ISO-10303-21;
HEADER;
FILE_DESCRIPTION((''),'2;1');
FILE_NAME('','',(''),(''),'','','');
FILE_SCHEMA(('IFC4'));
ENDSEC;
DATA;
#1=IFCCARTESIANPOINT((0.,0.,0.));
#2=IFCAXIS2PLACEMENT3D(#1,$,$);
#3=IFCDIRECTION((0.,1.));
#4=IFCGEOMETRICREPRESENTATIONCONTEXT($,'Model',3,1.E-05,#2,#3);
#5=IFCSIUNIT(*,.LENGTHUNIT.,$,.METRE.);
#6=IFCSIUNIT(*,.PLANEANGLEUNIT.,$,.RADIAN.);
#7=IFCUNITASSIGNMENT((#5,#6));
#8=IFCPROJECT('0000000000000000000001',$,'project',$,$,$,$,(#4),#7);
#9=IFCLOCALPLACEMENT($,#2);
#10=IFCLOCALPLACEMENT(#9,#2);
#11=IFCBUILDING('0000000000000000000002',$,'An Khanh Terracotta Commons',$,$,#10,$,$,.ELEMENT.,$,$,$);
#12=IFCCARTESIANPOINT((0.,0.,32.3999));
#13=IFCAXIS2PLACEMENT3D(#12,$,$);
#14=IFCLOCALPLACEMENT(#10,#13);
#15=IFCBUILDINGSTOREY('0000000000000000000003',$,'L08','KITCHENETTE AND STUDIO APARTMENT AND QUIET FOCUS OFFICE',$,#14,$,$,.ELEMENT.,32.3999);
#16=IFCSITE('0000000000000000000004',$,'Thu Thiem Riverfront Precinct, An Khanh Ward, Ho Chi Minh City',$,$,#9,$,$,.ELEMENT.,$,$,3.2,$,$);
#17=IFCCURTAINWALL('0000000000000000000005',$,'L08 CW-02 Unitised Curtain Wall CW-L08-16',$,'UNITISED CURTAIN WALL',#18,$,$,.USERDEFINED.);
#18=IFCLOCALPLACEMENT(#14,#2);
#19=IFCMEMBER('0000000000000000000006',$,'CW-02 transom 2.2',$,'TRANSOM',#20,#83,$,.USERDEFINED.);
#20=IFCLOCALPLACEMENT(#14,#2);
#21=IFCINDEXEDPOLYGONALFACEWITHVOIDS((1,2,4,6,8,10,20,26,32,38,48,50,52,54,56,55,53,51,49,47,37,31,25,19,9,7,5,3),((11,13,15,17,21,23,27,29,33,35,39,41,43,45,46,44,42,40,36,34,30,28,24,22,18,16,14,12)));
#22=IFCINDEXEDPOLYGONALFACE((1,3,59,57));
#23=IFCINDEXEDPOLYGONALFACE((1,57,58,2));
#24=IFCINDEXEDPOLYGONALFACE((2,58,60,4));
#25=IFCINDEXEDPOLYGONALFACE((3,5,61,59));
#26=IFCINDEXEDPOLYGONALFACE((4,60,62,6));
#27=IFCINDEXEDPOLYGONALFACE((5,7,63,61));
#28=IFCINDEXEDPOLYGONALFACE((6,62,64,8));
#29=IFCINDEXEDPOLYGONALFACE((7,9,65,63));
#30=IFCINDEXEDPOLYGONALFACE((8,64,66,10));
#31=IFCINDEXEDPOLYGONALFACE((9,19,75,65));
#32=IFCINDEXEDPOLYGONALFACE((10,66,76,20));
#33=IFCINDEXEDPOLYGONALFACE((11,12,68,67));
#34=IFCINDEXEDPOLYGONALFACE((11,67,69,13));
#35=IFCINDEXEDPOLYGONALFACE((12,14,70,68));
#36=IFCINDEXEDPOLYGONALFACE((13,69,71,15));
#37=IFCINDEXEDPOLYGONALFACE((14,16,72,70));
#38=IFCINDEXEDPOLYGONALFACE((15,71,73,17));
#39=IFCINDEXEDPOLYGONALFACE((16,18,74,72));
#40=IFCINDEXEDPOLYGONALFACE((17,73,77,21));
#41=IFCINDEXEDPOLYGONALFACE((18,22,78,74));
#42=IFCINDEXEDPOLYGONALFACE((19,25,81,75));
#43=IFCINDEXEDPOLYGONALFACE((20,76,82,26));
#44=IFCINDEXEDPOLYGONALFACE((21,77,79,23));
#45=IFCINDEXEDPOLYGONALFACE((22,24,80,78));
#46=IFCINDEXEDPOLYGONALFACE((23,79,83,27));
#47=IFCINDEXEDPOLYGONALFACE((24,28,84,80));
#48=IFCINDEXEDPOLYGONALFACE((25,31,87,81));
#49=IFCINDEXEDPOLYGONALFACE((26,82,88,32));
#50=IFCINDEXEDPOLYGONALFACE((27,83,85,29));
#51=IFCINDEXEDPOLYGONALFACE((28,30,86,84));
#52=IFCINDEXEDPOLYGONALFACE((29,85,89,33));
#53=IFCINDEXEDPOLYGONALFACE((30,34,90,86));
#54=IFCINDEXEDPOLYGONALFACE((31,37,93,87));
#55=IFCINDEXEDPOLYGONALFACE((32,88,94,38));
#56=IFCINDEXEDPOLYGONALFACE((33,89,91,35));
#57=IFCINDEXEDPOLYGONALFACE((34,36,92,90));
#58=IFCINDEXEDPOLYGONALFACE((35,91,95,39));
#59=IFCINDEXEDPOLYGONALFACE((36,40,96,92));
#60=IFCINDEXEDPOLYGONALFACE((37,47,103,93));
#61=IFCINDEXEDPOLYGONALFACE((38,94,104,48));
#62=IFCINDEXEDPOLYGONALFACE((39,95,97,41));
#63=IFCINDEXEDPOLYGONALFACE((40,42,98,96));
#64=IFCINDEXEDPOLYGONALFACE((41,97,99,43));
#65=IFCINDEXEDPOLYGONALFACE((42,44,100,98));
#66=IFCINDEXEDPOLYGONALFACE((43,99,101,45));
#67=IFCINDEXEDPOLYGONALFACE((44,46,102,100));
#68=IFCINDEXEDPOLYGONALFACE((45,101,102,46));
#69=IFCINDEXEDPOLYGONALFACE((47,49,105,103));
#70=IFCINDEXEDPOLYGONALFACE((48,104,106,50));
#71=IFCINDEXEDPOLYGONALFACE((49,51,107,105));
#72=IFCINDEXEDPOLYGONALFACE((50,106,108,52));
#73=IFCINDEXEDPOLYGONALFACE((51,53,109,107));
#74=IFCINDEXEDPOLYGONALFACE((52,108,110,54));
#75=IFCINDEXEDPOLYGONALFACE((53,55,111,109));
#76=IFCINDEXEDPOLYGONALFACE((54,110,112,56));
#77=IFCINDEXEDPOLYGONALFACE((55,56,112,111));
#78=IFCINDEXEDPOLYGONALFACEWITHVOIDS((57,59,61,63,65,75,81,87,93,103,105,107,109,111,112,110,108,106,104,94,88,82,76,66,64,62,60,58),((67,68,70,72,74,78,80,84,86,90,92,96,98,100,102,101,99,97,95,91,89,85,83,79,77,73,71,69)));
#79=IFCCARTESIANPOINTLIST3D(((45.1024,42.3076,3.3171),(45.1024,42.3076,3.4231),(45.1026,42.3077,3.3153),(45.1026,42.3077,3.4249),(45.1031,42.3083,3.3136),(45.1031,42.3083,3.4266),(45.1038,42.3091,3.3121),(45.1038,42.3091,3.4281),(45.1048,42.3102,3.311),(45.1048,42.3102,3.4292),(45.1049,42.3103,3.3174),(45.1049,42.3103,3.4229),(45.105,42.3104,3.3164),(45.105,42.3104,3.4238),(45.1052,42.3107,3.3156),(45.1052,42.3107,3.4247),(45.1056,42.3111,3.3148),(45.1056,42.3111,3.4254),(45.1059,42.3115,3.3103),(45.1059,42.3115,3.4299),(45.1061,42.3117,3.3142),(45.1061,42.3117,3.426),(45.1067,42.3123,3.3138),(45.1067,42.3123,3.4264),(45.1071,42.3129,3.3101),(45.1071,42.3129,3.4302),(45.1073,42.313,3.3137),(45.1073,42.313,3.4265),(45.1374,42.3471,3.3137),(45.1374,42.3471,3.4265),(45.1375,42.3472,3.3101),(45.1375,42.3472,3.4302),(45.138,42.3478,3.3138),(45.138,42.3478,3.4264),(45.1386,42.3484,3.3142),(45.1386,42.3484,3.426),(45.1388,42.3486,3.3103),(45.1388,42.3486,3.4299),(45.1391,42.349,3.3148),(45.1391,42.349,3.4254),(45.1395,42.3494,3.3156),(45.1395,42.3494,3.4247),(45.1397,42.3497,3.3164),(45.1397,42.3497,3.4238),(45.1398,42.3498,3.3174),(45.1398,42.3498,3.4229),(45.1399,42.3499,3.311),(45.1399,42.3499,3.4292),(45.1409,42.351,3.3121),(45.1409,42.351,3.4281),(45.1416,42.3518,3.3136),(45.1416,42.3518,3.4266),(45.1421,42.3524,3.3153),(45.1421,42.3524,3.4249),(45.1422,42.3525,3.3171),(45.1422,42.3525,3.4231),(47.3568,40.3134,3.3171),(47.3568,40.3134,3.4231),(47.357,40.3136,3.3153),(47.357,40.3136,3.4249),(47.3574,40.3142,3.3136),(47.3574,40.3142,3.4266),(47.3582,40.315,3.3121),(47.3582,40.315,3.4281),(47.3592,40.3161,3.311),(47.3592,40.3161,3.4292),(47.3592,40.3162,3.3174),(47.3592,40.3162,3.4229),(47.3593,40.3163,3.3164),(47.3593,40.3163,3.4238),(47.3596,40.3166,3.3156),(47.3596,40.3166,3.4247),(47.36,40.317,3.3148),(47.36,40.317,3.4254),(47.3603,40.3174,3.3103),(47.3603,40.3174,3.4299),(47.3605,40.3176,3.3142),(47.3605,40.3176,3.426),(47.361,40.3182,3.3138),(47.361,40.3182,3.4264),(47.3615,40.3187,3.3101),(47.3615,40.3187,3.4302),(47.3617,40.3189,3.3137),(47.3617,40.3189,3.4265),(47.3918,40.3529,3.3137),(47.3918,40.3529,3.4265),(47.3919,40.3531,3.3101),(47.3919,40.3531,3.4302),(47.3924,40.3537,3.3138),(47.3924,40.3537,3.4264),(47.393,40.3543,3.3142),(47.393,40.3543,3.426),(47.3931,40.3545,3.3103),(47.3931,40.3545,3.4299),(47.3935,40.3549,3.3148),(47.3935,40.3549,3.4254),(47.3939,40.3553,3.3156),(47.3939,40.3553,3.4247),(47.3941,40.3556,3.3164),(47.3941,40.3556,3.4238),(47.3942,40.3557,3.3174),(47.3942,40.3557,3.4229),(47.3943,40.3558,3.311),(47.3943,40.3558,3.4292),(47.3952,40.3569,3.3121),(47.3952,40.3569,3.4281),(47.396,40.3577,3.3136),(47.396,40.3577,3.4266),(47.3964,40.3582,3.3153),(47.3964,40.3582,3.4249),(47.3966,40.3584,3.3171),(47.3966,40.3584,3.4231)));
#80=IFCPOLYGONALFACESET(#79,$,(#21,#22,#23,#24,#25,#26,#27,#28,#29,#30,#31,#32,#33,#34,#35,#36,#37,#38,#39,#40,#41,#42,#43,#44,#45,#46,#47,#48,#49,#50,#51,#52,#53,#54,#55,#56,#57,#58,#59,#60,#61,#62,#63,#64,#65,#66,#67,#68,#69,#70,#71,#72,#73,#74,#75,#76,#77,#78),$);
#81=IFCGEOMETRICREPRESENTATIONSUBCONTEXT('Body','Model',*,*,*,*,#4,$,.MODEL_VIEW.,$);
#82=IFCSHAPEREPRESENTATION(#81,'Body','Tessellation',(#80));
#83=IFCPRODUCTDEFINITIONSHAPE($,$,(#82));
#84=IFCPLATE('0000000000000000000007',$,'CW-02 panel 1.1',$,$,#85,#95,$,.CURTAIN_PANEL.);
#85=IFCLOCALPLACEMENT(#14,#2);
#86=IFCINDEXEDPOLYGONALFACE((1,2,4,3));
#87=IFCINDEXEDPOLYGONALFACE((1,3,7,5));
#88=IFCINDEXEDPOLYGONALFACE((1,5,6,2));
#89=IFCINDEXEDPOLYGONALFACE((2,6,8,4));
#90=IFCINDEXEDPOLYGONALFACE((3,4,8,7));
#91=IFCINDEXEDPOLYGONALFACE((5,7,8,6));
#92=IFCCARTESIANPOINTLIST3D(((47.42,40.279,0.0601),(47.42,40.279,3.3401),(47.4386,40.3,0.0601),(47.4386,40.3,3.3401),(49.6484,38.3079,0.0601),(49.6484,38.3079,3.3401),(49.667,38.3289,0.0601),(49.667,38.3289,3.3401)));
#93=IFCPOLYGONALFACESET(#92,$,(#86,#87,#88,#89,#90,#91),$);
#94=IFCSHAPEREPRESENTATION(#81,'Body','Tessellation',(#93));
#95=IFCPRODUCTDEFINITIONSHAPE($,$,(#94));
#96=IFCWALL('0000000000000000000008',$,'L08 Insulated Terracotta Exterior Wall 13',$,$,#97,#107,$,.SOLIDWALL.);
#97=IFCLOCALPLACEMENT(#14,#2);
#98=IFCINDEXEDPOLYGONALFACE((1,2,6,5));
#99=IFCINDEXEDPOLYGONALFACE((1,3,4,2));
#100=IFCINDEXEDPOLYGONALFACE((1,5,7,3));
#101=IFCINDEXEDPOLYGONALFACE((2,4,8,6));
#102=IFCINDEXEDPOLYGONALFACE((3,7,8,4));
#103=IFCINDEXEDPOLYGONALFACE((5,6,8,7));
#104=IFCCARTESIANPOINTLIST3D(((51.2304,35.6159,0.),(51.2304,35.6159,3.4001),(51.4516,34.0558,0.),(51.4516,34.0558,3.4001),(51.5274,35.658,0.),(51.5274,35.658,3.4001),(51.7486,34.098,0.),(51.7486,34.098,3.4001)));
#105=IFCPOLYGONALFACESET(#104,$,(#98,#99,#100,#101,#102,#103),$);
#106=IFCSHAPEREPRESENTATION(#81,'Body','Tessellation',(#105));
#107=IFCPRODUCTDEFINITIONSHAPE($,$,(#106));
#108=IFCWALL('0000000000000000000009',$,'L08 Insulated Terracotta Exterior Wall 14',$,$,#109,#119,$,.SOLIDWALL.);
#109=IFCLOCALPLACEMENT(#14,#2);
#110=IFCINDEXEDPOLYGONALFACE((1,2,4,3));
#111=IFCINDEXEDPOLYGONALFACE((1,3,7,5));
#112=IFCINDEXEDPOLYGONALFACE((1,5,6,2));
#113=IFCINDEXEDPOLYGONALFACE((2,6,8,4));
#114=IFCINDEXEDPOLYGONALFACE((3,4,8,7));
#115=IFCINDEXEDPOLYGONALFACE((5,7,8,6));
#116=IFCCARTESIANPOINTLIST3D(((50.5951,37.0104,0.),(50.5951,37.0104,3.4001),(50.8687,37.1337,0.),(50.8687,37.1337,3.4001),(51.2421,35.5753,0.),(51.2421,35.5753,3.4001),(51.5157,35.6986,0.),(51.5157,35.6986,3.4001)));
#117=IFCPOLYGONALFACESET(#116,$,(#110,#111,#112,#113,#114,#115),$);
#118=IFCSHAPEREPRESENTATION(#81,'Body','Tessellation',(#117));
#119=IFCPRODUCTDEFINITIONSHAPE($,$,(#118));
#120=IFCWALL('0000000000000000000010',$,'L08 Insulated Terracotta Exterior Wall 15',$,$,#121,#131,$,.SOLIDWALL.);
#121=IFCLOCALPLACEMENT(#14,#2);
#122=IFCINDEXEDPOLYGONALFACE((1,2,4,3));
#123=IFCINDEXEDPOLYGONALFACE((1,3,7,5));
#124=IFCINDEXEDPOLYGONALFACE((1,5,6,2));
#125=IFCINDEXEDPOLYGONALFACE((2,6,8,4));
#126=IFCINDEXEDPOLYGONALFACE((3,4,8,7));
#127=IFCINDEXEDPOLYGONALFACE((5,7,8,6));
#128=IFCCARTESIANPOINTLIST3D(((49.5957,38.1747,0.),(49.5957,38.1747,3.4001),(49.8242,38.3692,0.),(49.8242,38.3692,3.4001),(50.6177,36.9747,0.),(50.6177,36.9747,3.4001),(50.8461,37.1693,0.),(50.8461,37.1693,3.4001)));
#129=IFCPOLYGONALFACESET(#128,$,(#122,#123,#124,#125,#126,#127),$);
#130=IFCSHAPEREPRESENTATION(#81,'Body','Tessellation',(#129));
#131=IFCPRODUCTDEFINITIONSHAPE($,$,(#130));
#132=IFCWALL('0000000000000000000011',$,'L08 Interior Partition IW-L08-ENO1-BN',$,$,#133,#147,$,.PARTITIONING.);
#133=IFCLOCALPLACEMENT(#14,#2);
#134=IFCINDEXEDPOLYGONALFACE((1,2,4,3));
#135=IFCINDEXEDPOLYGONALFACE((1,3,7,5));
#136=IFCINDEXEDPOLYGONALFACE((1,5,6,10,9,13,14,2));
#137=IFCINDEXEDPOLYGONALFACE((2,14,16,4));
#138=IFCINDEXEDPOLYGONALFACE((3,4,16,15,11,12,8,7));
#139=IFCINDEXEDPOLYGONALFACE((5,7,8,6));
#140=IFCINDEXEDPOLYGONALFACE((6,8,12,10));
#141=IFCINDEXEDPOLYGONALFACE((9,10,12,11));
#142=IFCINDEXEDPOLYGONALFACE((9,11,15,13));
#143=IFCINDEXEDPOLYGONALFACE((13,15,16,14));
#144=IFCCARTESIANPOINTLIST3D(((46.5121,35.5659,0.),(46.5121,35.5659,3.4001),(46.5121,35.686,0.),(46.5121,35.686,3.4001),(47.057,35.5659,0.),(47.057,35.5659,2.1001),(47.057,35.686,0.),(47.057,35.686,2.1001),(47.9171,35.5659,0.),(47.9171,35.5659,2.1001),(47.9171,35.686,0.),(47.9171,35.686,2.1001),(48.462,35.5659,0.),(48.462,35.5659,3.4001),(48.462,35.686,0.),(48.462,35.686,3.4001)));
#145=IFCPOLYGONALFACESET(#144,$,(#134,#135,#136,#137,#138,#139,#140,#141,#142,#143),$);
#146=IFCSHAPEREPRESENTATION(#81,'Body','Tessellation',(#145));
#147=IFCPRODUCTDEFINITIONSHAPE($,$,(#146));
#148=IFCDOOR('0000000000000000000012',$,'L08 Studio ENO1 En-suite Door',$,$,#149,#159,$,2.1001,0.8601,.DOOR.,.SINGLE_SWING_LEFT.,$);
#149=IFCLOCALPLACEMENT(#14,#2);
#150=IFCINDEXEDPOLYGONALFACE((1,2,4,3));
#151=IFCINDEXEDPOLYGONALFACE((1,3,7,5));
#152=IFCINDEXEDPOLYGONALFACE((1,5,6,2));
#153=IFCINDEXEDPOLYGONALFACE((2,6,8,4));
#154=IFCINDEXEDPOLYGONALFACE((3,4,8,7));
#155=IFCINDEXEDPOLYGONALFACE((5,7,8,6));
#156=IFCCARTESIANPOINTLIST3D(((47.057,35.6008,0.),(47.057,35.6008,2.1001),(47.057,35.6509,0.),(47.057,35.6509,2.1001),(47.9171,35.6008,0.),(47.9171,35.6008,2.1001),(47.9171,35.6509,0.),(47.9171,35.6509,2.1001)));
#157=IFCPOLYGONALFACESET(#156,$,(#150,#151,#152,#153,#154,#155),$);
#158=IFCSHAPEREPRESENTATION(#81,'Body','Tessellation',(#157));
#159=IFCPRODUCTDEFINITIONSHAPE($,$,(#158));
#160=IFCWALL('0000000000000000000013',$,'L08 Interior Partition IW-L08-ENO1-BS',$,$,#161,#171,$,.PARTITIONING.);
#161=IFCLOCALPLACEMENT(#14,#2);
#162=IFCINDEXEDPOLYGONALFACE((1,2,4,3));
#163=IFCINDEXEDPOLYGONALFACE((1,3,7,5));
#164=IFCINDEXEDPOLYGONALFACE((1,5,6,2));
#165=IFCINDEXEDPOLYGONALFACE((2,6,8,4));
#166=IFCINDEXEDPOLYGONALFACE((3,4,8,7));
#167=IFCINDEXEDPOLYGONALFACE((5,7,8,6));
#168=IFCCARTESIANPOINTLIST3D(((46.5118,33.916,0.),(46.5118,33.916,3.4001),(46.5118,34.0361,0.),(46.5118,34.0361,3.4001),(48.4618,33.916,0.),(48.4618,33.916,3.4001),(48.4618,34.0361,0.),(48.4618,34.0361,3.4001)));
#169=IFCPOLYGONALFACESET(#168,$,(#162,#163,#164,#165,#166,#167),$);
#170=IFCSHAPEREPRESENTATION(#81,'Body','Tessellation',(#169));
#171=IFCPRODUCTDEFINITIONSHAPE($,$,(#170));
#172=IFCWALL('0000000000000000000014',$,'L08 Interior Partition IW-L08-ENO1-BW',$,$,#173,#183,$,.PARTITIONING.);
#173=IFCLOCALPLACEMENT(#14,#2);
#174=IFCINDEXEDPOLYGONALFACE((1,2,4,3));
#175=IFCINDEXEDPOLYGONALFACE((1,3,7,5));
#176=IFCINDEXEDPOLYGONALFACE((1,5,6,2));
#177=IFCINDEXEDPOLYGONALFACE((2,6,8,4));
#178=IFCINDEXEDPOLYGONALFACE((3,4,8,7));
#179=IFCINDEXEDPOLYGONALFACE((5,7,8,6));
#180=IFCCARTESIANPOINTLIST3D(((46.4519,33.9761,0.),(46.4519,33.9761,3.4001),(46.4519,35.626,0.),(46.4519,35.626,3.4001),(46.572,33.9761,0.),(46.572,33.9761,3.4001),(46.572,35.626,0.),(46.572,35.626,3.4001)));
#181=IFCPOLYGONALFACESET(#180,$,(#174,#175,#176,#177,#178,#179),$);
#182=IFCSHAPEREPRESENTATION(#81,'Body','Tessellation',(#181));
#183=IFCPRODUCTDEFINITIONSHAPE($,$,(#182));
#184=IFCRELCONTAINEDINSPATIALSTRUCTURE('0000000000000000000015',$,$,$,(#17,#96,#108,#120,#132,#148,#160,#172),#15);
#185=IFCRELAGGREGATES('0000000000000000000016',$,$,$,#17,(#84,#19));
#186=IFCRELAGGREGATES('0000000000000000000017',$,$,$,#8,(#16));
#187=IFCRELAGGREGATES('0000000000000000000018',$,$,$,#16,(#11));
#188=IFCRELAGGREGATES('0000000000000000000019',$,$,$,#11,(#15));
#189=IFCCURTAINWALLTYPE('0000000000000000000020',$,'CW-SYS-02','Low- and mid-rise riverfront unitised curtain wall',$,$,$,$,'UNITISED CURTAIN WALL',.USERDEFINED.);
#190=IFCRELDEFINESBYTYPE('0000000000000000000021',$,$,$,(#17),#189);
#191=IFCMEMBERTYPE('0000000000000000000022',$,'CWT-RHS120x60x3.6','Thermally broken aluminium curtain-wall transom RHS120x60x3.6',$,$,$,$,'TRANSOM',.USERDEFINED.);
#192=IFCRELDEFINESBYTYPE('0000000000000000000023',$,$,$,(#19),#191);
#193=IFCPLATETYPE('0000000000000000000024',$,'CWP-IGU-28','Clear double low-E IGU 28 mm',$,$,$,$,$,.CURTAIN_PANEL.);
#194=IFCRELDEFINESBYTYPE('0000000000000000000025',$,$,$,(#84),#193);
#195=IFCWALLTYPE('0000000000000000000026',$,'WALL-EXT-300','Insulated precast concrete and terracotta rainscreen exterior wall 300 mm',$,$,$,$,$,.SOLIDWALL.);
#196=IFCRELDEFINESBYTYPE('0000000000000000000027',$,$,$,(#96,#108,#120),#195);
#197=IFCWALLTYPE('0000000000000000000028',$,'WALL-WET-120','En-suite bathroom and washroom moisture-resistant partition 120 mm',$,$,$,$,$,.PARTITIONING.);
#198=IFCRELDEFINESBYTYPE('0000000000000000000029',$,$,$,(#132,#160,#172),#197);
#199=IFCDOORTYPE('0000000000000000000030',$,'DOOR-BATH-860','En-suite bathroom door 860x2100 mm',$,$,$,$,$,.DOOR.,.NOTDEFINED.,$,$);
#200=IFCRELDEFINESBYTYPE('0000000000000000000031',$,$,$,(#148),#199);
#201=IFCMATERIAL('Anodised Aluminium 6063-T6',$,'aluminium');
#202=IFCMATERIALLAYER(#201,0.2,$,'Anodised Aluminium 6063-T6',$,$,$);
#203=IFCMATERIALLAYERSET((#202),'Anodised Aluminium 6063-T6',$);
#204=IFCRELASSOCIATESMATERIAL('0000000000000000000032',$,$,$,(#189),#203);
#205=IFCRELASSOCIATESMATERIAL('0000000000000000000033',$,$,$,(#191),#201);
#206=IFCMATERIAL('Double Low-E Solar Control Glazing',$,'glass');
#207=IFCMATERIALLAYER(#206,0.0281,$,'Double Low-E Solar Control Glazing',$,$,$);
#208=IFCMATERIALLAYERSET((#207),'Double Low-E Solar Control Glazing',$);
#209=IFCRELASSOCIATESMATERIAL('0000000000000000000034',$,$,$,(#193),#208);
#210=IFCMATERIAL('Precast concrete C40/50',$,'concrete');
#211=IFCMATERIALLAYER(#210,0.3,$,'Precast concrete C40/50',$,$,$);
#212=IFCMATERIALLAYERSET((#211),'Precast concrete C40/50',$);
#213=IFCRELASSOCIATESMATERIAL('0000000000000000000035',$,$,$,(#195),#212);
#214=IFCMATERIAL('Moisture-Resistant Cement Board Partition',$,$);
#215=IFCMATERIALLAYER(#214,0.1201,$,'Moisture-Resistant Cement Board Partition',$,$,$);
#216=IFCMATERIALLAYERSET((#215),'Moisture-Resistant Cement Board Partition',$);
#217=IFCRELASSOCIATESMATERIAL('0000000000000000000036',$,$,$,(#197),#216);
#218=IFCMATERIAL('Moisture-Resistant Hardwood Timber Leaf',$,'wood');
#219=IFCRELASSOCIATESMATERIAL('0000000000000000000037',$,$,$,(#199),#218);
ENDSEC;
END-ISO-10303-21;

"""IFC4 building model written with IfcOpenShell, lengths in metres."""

from ifc_helpers import new_model, si_unit, direction, frame, frame_2d, origin, origin_2d, place, context, subcontext, project, spatial, rectangle, hollow_rectangle, extrude, material, layer, layer_set, material_profile, profile_set, type_object, element, fill, aggregate, save


model = new_model("IFC4")

# Units and contexts
model_context = context("Model", 3, precision=1e-05, world=origin(), true_north=direction((0.0, 1.0)))
body_context = subcontext(model_context, "Body", "Model", "MODEL_VIEW")
ifc_project = project(units=[si_unit("LENGTHUNIT", "METRE"), si_unit("PLANEANGLEUNIT", "RADIAN")], contexts=[model_context])

# Site, building, storey
site_placement = place(None, origin())
site = spatial("IfcSite", under=ifc_project, at=site_placement, Name="Thu Thiem Riverfront Precinct, An Khanh Ward, Ho Chi Minh City", CompositionType="ELEMENT", RefElevation=3.2)
building_placement = place(site_placement, origin())
building = spatial("IfcBuilding", under=site, at=building_placement, Name="An Khanh Terracotta Commons", CompositionType="ELEMENT")
storey_placement = place(building_placement, frame((0.0, 0.0, 32.3999)))
storey = spatial("IfcBuildingStorey", under=building, at=storey_placement, Name="L08", Description="KITCHENETTE AND STUDIO APARTMENT AND QUIET FOCUS OFFICE", CompositionType="ELEMENT", Elevation=32.3999)

# Shared definitions
ifc_material_1 = material(Name="Anodised Aluminium 6063-T6", Category="aluminium")
ifc_layer_1 = layer(ifc_material_1, 0.2, Name="Anodised Aluminium 6063-T6")
ifc_layer_set_1 = layer_set([ifc_layer_1], Name="Anodised Aluminium 6063-T6")
curtain_wall_type = type_object("IfcCurtainWallType", Name="CW-SYS-02", Description="Low- and mid-rise riverfront unitised curtain wall", ElementType="UNITISED CURTAIN WALL", PredefinedType="USERDEFINED", material=ifc_layer_set_1)

# Curtain wall, member, plate
curtain_wall_1_placement = place(storey_placement, origin())
curtain_wall_1 = element("IfcCurtainWall", 1, at=curtain_wall_1_placement, inside=storey, type_object=curtain_wall_type, Name="L08 CW-02 Unitised Curtain Wall CW-L08-16", ObjectType="UNITISED CURTAIN WALL", PredefinedType="USERDEFINED")
ifc_material_profile_1 = material_profile(ifc_material_1, hollow_rectangle(XDim=0.0601, YDim=0.1201, WallThickness=0.0037, InnerFilletRadius=0.0037, OuterFilletRadius=0.0071, at=origin_2d()), Name="RHS120x60x3.6")
ifc_profile_set_1 = profile_set([ifc_material_profile_1], Name="Anodised Aluminium 6063-T6")
member_type_1 = type_object("IfcMemberType", Name="CWT-RHS120x60x3.6", Description="Thermally broken aluminium curtain-wall transom RHS120x60x3.6", ElementType="TRANSOM", PredefinedType="USERDEFINED", material=ifc_profile_set_1)
member_1_placement = place(storey_placement, frame((47.3767, 40.3359, 3.3701), z_axis=(-0.749018, 0.662549, 0.0), x_axis=(-0.662549, -0.749018, 0.0)))
member_1 = element("IfcMember", 2, at=member_1_placement, type_object=member_type_1, Name="CW-02 transom 2.2", ObjectType="TRANSOM", PredefinedType="USERDEFINED", context=body_context, shape_type="SweptSolid", body=[
    extrude(hollow_rectangle(XDim=0.0601, YDim=0.1201, WallThickness=0.0037, InnerFilletRadius=0.0037, OuterFilletRadius=0.0071, at=origin_2d()), origin(), (0.0, 0.0, 1.0), 3.0098),
])
ifc_material_2 = material(Name="Double Low-E Solar Control Glazing", Category="glass")
ifc_layer_2 = layer(ifc_material_2, 0.0281, Name="Double Low-E Solar Control Glazing")
ifc_layer_set_2 = layer_set([ifc_layer_2], Name="Double Low-E Solar Control Glazing")
plate_type = type_object("IfcPlateType", Name="CWP-IGU-28", Description="Clear double low-E IGU 28 mm", PredefinedType="CURTAIN_PANEL", material=ifc_layer_set_2)
plate_placement = place(storey_placement, frame((48.5435, 39.304, 0.0601), z_axis=(0.0, 0.0, 1.0), x_axis=(-0.749019, 0.662548, 0.0)))
plate = element("IfcPlate", 3, at=plate_placement, type_object=plate_type, Name="CW-02 panel 1.1", PredefinedType="CURTAIN_PANEL", context=body_context, shape_type="SweptSolid", body=[
    extrude(rectangle(XDim=2.9751, YDim=0.0281, at=origin_2d()), origin(), (0.0, 0.0, 1.0), 3.28),
])
aggregate(curtain_wall_1, [plate, member_1])

# Walls
ifc_material_3 = material(Name="Precast concrete C40/50", Category="concrete")
ifc_layer_3 = layer(ifc_material_3, 0.3, Name="Precast concrete C40/50")
ifc_layer_set_3 = layer_set([ifc_layer_3], Name="Precast concrete C40/50")
wall_type_1 = type_object("IfcWallType", Name="WALL-EXT-300", Description="Insulated precast concrete and terracotta rainscreen exterior wall 300 mm", PredefinedType="SOLIDWALL", material=ifc_layer_set_3)
wall_1_placement = place(storey_placement, frame((51.6001, 34.0769, 0.0), z_axis=(0.0, 0.0, 1.0), x_axis=(-0.14038, 0.990098, 0.0)))
element("IfcWall", 4, at=wall_1_placement, inside=storey, type_object=wall_type_1, Name="L08 Insulated Terracotta Exterior Wall 13", PredefinedType="SOLIDWALL", context=body_context, shape_type="SweptSolid", body=[
    extrude(rectangle(XDim=1.5757, YDim=0.3, at=frame_2d((0.7878, 0.0))), origin(), (0.0, 0.0, 1.0), 3.4001),
])
wall_2_placement = place(storey_placement, frame((51.3789, 35.637, 0.0), z_axis=(0.0, 0.0, 1.0), x_axis=(-0.410997, 0.911637, 0.0)))
element("IfcWall", 5, at=wall_2_placement, inside=storey, type_object=wall_type_1, Name="L08 Insulated Terracotta Exterior Wall 14", PredefinedType="SOLIDWALL", context=body_context, shape_type="SweptSolid", body=[
    extrude(rectangle(XDim=1.5742, YDim=0.3, at=frame_2d((0.7871, 0.0))), origin(), (0.0, 0.0, 1.0), 3.4001),
])
wall_3_placement = place(storey_placement, frame((50.7319, 37.072, 0.0), z_axis=(0.0, 0.0, 1.0), x_axis=(-0.64839, 0.761308, 0.0)))
element("IfcWall", 6, at=wall_3_placement, inside=storey, type_object=wall_type_1, Name="L08 Insulated Terracotta Exterior Wall 15", PredefinedType="SOLIDWALL", context=body_context, shape_type="SweptSolid", body=[
    extrude(rectangle(XDim=1.5762, YDim=0.3, at=frame_2d((0.7881, 0.0))), origin(), (0.0, 0.0, 1.0), 3.4001),
])

# Wall, opening, door
ifc_material_4 = material(Name="Moisture-Resistant Cement Board Partition")
ifc_layer_4 = layer(ifc_material_4, 0.1201, Name="Moisture-Resistant Cement Board Partition")
ifc_layer_set_4 = layer_set([ifc_layer_4], Name="Moisture-Resistant Cement Board Partition")
wall_type_2 = type_object("IfcWallType", Name="WALL-WET-120", Description="En-suite bathroom and washroom moisture-resistant partition 120 mm", PredefinedType="PARTITIONING", material=ifc_layer_set_4)
wall_4_placement = place(storey_placement, frame((46.512, 35.626, 0.0), z_axis=(0.0, 0.0, 1.0), x_axis=(1.0, 0.0, 0.0)))
wall_4 = element("IfcWall", 7, at=wall_4_placement, inside=storey, type_object=wall_type_2, Name="L08 Interior Partition IW-L08-ENO1-BN", PredefinedType="PARTITIONING", context=body_context, shape_type="SweptSolid", body=[
    extrude(rectangle(XDim=1.95, YDim=0.1201, at=frame_2d((0.9751, 0.0))), origin(), (0.0, 0.0, 1.0), 3.4001),
])
opening_placement = place(wall_4_placement, frame((0.5449, 0.0, 0.0)))
opening = element("IfcOpeningElement", 8, at=opening_placement, cuts=wall_4, PredefinedType="OPENING", context=body_context, shape_type="SweptSolid", body=[
    extrude(rectangle(XDim=0.8601, YDim=2.1001, at=frame_2d((0.4302, 1.05))), frame((0.0, 0.0701, 0.0), z_axis=(0.0, -1.0, 0.0), x_axis=(1.0, 0.0, 0.0)), (0.0, 0.0, 1.0), 0.1401),
])
ifc_material_5 = material(Name="Moisture-Resistant Hardwood Timber Leaf", Category="wood")
door_type = type_object("IfcDoorType", Name="DOOR-BATH-860", Description="En-suite bathroom door 860x2100 mm", OperationType="NOTDEFINED", PredefinedType="DOOR", material=ifc_material_5)
door_placement = place(opening_placement, origin())
door = element("IfcDoor", 9, at=door_placement, inside=storey, type_object=door_type, Name="L08 Studio ENO1 En-suite Door", OperationType="SINGLE_SWING_LEFT", OverallHeight=2.1001, OverallWidth=0.8601, PredefinedType="DOOR", context=body_context, shape_type="SweptSolid", body=[
    extrude(rectangle(XDim=0.8601, YDim=2.1001, at=frame_2d((0.4302, 1.05))), frame((0.0, 0.0249, 0.0), z_axis=(0.0, -1.0, 0.0), x_axis=(1.0, 0.0, 0.0)), (0.0, 0.0, 1.0), 0.05),
])
fill(opening, door)

# Walls
wall_5_placement = place(storey_placement, frame((48.4619, 33.9761, 0.0), z_axis=(0.0, 0.0, 1.0), x_axis=(-1.0, 0.0, 0.0)))
element("IfcWall", 10, at=wall_5_placement, inside=storey, type_object=wall_type_2, Name="L08 Interior Partition IW-L08-ENO1-BS", PredefinedType="PARTITIONING", context=body_context, shape_type="SweptSolid", body=[
    extrude(rectangle(XDim=1.95, YDim=0.1201, at=frame_2d((0.9751, 0.0))), origin(), (0.0, 0.0, 1.0), 3.4001),
])
for number, where, z_axis, x_axis, name in (
    (11, (46.512, 35.626, 0.0), (0.0, 0.0, 1.0), (0.0, -1.0, 0.0), "L08 Interior Partition IW-L08-ENO1-BW"),
):
    element("IfcWall", number, at=place(storey_placement, frame(where, z_axis=z_axis, x_axis=x_axis)), inside=storey, type_object=wall_type_2, Name=name, PredefinedType="PARTITIONING", context=body_context, shape_type="SweptSolid", body=[
        extrude(rectangle(XDim=1.6499, YDim=0.1201, at=frame_2d((0.825, 0.0))), origin(), (0.0, 0.0, 1.0), 3.4001),
    ])

save(model, "model.ifc")
